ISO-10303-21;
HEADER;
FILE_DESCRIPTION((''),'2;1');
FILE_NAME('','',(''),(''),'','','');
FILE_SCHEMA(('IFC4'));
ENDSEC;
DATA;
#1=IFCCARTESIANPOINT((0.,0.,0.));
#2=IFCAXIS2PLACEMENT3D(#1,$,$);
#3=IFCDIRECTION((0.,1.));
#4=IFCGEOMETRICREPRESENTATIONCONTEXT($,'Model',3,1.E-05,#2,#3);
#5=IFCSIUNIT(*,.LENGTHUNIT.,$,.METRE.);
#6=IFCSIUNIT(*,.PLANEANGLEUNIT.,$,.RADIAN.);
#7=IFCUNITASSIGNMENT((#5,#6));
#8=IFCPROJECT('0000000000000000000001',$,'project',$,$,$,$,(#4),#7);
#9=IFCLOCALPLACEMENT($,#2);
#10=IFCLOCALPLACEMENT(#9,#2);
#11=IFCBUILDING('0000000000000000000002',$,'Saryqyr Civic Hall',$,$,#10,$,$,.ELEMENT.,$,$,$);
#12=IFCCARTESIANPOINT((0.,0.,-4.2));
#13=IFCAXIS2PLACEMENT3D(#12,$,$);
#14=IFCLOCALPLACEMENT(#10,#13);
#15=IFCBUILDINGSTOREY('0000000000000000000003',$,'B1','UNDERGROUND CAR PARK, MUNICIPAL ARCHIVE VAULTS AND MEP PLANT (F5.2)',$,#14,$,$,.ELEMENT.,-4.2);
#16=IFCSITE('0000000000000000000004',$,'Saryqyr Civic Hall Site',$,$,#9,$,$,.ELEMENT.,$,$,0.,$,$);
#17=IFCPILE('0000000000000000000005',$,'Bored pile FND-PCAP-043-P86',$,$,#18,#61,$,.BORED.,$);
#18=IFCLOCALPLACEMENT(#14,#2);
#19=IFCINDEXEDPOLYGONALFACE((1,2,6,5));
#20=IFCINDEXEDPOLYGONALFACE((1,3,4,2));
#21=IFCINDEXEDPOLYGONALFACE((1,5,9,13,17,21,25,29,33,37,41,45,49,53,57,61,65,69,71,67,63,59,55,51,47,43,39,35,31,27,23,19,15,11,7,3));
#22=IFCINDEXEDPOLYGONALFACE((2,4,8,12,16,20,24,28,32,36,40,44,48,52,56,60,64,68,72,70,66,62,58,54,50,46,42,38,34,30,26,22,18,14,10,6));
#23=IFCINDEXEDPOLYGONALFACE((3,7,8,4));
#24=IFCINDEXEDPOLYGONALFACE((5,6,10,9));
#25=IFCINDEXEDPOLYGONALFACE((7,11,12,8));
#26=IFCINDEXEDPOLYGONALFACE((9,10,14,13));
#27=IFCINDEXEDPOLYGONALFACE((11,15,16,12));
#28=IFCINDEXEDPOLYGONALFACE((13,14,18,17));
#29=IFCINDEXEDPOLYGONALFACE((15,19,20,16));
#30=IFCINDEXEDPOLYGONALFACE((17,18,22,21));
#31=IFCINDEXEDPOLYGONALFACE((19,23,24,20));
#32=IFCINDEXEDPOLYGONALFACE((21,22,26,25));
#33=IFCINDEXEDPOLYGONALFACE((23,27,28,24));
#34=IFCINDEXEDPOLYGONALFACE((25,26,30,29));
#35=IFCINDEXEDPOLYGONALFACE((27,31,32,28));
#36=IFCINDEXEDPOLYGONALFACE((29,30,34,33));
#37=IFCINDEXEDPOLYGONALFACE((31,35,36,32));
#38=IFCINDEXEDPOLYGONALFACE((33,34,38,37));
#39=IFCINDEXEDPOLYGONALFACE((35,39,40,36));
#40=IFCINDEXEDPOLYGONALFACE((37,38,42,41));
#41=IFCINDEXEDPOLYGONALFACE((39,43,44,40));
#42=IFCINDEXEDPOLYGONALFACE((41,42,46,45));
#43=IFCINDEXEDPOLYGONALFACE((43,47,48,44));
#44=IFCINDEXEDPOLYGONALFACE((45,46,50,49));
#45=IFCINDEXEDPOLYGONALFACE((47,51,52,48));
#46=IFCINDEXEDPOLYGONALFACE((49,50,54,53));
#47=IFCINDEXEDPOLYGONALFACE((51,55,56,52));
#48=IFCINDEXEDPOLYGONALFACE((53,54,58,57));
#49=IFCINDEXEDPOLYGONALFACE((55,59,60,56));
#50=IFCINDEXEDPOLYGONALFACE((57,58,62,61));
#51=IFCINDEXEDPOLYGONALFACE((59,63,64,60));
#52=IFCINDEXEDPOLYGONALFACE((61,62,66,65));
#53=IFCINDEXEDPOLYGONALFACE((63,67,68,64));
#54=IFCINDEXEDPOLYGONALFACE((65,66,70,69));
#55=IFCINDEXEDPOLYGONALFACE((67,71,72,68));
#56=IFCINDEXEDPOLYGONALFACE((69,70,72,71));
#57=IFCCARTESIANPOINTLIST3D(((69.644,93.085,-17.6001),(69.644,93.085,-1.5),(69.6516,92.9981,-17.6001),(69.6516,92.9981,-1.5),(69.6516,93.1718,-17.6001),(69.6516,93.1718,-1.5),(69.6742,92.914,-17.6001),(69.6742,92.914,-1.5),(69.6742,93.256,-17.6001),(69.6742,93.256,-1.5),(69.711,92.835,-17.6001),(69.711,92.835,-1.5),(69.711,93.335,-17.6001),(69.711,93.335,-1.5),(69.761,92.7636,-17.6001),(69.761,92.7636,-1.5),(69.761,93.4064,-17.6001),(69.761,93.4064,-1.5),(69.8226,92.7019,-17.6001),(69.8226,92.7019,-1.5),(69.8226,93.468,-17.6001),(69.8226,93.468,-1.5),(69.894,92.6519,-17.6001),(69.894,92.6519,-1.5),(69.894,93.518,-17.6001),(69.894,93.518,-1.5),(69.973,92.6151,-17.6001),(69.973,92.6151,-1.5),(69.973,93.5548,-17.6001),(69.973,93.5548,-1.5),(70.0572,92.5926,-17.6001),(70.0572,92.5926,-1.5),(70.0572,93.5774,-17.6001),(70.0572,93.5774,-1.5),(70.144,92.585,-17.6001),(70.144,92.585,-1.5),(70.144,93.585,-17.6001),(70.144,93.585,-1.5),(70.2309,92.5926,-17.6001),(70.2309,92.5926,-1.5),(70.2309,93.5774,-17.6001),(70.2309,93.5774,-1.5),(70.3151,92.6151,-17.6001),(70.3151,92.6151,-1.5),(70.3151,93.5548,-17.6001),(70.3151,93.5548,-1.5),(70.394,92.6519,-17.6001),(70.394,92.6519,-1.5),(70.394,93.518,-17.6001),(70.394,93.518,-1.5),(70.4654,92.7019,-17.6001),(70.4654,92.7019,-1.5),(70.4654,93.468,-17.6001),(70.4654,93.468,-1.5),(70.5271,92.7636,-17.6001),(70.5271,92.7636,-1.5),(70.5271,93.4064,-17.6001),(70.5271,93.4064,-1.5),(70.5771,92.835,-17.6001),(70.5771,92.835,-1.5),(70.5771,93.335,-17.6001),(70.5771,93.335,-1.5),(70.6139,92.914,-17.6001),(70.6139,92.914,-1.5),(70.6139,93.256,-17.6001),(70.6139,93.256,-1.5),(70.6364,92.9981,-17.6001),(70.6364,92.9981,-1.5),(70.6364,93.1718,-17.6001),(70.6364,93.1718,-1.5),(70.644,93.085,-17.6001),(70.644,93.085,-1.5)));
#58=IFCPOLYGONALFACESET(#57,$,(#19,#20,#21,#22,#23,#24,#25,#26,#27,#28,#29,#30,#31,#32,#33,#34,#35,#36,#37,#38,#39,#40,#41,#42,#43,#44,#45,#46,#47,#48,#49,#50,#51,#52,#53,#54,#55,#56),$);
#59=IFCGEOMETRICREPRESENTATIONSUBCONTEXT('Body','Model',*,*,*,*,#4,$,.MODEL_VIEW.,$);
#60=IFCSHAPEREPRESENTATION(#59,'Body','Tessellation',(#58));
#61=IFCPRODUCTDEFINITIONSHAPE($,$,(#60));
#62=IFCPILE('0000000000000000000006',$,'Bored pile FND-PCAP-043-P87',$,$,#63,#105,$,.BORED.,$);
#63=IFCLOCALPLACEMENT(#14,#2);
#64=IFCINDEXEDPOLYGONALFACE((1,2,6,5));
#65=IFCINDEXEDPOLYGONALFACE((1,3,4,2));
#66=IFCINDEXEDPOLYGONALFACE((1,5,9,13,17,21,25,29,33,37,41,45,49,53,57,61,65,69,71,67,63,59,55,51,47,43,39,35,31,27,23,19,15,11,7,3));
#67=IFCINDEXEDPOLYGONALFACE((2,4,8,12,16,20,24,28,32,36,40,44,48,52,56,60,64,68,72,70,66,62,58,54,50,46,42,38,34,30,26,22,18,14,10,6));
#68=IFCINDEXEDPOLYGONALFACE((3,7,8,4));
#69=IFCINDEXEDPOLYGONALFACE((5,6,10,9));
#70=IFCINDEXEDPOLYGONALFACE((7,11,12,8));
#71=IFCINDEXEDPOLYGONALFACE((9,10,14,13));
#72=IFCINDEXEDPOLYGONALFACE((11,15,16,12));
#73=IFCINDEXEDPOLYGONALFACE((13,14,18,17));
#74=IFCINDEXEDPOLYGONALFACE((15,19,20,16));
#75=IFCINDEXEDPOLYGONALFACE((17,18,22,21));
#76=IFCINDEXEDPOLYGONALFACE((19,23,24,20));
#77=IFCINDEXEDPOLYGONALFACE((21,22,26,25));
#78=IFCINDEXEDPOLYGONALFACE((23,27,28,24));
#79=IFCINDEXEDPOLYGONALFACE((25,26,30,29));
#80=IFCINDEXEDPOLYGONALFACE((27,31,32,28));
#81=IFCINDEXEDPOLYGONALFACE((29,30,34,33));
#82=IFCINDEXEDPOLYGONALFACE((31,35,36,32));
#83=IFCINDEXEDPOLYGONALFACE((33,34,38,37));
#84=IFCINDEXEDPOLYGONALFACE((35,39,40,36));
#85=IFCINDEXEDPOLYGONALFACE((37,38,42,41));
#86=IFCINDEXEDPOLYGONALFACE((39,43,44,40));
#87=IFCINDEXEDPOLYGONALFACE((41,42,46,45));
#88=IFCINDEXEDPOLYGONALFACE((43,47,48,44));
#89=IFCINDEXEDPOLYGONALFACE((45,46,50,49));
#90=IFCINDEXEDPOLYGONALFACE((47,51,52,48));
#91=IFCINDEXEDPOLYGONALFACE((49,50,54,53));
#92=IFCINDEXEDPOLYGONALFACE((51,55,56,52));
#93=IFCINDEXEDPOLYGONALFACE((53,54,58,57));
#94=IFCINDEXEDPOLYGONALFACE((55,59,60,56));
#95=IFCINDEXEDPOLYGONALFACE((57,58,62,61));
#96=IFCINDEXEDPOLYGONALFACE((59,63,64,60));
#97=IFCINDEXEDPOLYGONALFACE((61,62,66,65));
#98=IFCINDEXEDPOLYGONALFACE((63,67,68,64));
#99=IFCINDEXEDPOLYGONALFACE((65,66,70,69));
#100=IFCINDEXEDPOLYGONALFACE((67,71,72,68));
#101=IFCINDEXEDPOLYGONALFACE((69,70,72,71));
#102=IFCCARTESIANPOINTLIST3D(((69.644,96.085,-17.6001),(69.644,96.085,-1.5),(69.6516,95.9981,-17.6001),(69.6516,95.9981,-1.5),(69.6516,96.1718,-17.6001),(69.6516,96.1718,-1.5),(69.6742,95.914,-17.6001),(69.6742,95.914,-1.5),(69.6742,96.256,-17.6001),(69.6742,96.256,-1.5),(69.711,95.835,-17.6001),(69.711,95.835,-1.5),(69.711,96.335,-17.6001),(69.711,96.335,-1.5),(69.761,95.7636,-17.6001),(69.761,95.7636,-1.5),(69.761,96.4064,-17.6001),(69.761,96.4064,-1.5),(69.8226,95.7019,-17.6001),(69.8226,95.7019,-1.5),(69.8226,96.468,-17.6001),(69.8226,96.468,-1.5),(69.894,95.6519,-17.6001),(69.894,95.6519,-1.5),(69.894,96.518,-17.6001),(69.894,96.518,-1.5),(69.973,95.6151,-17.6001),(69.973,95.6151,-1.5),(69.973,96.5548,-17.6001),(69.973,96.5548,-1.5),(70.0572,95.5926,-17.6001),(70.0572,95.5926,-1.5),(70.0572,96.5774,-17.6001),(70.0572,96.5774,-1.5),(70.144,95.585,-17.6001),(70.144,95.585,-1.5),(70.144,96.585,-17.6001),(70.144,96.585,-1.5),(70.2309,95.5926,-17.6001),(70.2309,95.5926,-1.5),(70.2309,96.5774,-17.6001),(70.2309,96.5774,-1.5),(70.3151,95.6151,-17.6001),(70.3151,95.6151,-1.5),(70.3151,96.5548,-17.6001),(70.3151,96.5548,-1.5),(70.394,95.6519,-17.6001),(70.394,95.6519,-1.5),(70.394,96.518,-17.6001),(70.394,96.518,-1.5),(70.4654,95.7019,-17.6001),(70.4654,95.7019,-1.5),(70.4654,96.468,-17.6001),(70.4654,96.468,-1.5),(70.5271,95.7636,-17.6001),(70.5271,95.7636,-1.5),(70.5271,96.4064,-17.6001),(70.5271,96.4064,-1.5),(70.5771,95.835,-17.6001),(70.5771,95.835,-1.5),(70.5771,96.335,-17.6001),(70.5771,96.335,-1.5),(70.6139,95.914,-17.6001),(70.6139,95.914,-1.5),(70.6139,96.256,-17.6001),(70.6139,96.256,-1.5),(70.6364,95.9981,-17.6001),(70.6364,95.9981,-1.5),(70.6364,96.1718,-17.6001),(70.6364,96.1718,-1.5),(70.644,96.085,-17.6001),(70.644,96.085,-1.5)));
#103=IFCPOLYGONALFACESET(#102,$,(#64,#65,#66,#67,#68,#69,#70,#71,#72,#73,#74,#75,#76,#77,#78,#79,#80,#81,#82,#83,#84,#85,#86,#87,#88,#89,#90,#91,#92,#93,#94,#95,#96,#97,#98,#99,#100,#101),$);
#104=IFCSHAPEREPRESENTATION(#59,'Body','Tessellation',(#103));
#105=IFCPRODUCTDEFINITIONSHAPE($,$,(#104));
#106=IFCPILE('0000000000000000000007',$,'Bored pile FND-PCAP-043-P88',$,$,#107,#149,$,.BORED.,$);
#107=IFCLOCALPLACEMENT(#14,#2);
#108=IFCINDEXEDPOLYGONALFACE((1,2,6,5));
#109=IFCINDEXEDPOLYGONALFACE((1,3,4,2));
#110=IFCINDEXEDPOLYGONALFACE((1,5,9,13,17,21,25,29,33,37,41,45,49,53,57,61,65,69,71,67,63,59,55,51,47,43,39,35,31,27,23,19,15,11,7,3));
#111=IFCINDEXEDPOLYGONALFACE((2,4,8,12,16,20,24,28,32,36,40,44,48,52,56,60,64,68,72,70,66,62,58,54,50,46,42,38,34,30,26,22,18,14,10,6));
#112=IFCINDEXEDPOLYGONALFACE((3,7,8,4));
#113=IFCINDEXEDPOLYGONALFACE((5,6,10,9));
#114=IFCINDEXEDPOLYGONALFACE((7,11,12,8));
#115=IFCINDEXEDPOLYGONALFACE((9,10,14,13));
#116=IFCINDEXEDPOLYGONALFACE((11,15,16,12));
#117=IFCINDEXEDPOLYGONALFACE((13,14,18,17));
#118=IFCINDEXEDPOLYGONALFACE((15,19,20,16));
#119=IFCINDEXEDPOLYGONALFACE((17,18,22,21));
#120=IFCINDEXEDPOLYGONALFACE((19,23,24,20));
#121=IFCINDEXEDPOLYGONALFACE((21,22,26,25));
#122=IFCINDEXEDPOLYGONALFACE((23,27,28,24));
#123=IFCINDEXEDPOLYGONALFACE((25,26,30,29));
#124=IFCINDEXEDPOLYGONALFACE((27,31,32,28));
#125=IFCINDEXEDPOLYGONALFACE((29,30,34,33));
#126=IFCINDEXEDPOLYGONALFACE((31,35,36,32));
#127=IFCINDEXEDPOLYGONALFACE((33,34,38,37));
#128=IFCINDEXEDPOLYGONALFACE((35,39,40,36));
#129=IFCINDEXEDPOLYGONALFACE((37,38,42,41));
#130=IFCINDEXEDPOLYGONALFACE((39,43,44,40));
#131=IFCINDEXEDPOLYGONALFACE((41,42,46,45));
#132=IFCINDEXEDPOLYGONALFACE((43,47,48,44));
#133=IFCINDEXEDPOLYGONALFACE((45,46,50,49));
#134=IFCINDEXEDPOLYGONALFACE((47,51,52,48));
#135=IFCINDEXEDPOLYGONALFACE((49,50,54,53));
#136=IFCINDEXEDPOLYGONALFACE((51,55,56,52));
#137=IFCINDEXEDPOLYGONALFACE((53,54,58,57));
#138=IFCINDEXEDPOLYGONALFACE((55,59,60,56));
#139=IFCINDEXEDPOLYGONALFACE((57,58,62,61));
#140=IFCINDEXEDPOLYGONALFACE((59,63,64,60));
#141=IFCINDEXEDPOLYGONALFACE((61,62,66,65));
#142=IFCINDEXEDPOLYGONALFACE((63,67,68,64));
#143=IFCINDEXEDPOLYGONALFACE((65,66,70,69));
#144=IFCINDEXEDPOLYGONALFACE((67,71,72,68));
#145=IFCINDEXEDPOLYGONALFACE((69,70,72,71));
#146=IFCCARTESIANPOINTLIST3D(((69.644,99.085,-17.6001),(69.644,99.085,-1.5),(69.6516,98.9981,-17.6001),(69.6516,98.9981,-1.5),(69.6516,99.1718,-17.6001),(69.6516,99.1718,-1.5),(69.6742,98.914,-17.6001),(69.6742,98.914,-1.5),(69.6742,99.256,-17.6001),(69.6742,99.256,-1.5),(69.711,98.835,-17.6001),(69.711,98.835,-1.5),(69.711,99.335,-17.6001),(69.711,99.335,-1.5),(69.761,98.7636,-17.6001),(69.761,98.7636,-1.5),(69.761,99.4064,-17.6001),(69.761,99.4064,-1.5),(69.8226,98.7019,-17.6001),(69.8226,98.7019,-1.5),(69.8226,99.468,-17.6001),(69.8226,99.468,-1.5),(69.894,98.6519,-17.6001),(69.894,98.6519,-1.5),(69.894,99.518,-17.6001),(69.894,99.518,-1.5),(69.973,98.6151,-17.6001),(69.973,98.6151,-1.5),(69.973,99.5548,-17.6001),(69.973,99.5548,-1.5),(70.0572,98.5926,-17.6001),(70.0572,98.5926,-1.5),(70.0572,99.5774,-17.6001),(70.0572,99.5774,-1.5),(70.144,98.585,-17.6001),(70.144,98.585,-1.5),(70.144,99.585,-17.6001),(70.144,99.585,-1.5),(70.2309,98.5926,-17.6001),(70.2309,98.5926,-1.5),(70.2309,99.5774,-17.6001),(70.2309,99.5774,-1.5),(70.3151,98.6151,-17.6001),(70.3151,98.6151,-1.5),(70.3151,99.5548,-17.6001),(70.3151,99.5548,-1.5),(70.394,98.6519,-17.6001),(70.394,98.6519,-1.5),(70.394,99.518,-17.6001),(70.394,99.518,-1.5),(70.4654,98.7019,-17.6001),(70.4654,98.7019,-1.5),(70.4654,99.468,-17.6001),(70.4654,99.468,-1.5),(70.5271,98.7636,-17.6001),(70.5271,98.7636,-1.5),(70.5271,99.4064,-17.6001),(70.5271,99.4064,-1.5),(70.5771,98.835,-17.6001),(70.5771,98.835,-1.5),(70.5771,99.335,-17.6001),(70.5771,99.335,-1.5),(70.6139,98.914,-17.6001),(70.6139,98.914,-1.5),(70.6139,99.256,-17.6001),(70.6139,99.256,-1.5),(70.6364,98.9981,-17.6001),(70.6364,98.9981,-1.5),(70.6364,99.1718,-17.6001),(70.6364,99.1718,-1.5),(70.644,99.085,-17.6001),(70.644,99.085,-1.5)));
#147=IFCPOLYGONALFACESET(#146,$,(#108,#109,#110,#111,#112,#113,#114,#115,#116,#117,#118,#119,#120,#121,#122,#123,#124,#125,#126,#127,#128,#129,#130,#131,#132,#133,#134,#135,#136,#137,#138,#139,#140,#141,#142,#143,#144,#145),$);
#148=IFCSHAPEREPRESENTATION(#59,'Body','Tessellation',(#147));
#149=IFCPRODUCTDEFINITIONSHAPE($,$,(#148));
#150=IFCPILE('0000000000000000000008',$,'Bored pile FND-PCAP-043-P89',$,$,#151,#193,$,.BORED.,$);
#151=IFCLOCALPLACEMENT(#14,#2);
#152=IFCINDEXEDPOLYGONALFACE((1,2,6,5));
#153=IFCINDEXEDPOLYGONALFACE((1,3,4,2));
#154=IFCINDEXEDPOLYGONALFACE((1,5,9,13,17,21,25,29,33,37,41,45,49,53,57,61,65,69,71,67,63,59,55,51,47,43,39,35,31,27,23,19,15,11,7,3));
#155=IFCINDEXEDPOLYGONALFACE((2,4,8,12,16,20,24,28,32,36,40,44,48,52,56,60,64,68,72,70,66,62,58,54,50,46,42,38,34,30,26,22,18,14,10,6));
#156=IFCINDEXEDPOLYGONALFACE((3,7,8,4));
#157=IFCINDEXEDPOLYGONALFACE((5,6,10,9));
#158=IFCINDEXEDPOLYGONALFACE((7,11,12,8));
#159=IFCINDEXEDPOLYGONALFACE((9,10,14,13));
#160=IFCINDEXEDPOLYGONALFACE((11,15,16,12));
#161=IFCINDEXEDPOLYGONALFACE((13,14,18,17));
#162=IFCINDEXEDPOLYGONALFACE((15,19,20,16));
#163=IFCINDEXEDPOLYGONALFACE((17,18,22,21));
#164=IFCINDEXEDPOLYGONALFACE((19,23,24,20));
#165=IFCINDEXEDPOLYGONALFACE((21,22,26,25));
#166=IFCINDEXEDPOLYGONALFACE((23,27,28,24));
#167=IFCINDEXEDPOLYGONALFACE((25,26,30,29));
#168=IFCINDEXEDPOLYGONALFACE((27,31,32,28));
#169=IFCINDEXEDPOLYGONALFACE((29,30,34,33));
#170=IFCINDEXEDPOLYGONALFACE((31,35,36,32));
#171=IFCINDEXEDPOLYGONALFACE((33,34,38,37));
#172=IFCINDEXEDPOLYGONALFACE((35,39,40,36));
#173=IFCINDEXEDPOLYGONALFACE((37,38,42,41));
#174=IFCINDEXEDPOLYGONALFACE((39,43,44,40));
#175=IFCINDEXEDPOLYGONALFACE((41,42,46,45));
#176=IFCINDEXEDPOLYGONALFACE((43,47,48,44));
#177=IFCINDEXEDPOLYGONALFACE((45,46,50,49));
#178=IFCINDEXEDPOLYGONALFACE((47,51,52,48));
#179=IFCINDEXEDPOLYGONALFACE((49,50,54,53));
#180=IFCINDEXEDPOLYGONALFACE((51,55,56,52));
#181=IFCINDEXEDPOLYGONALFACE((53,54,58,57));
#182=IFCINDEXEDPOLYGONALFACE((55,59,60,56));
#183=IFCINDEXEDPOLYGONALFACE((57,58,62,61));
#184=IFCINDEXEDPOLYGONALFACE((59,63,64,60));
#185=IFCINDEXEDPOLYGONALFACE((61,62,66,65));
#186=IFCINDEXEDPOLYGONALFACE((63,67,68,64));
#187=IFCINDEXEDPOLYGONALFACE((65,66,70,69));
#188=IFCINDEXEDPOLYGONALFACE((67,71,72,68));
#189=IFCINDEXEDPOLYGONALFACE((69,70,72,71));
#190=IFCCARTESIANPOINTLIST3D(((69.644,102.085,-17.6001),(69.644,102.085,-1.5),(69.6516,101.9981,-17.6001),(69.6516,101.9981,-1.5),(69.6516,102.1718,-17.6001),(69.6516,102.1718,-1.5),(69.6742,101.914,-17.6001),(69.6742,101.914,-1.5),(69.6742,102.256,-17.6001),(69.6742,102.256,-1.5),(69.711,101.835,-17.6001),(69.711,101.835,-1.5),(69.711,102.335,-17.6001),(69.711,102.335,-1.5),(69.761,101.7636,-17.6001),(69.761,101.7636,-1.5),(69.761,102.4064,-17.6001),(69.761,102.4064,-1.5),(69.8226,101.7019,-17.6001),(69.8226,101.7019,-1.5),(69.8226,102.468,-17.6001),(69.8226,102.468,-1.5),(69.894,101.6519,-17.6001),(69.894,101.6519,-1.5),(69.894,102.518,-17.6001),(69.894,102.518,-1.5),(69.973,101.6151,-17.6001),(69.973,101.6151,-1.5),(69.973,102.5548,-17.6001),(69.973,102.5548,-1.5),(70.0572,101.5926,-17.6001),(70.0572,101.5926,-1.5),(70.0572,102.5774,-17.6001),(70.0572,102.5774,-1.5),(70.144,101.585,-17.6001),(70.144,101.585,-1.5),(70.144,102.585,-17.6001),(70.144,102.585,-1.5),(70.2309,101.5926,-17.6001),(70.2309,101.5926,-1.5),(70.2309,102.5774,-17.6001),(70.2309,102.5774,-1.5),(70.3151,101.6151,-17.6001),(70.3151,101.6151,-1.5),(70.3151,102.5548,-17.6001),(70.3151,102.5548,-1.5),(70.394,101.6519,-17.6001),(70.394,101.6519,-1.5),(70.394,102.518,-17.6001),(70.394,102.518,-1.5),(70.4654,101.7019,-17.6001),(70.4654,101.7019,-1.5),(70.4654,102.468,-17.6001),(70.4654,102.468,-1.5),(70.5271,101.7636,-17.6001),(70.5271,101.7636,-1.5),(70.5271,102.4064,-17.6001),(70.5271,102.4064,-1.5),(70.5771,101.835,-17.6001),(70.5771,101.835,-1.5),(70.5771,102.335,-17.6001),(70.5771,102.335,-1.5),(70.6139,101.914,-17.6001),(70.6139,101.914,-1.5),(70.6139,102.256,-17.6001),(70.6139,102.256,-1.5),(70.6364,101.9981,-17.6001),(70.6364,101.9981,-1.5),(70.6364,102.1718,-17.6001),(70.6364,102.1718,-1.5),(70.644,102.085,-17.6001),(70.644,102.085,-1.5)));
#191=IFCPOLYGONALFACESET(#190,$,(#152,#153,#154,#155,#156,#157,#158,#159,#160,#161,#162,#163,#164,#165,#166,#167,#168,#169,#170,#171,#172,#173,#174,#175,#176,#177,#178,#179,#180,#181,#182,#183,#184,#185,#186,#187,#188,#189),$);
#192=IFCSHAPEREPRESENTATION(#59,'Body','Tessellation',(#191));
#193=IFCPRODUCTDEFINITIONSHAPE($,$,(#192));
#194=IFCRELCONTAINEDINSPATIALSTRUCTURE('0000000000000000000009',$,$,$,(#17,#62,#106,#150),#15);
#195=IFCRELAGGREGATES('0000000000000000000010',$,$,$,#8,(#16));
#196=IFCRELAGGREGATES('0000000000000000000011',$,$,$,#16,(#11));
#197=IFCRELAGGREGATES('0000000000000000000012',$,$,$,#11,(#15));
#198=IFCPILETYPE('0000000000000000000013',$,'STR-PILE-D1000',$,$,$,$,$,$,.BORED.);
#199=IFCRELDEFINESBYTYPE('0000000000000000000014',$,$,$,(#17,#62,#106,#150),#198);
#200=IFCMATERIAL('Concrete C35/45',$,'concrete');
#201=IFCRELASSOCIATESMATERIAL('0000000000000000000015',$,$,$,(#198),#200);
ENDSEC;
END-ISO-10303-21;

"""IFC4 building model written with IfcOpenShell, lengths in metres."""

from ifc_helpers import new_model, si_unit, direction, frame, origin, origin_2d, place, context, subcontext, project, spatial, circle, extrude, material, material_profile, profile_set, type_object, element, save


model = new_model("IFC4")

# Units and contexts
model_context = context("Model", 3, precision=1e-05, world=origin(), true_north=direction((0.0, 1.0)))
body_context = subcontext(model_context, "Body", "Model", "MODEL_VIEW")
ifc_project = project(units=[si_unit("LENGTHUNIT", "METRE"), si_unit("PLANEANGLEUNIT", "RADIAN")], contexts=[model_context])

# Site, building, storey
site_placement = place(None, origin())
site = spatial("IfcSite", under=ifc_project, at=site_placement, Name="Saryqyr Civic Hall Site", CompositionType="ELEMENT", RefElevation=0.0)
building_placement = place(site_placement, origin())
building = spatial("IfcBuilding", under=site, at=building_placement, Name="Saryqyr Civic Hall", CompositionType="ELEMENT")
storey_placement = place(building_placement, frame((0.0, 0.0, -4.2)))
storey = spatial("IfcBuildingStorey", under=building, at=storey_placement, Name="B1", Description="UNDERGROUND CAR PARK, MUNICIPAL ARCHIVE VAULTS AND MEP PLANT (F5.2)", CompositionType="ELEMENT", Elevation=-4.2)

# Piles
ifc_material_1 = material(Name="Concrete C35/45", Category="concrete")
ifc_material_profile_1 = material_profile(ifc_material_1, circle(Radius=0.5, at=origin_2d()), Name="BORED PILE D1000")
ifc_profile_set_1 = profile_set([ifc_material_profile_1], Name="Concrete C35/45")
pile_type = type_object("IfcPileType", Name="STR-PILE-D1000", PredefinedType="BORED", material=ifc_profile_set_1)
for number, where, z_axis, x_axis, name in (
    (1, (70.144, 93.085, -1.5), (0.0, 0.0, -1.0), (1.0, 0.0, 0.0), "Bored pile FND-PCAP-043-P86"),
    (2, (70.144, 96.085, -1.5), (0.0, 0.0, -1.0), (1.0, 0.0, 0.0), "Bored pile FND-PCAP-043-P87"),
    (3, (70.144, 99.085, -1.5), (0.0, 0.0, -1.0), (1.0, 0.0, 0.0), "Bored pile FND-PCAP-043-P88"),
    (4, (70.144, 102.085, -1.5), (0.0, 0.0, -1.0), (1.0, 0.0, 0.0), "Bored pile FND-PCAP-043-P89"),
):
    element("IfcPile", number, at=place(storey_placement, frame(where, z_axis=z_axis, x_axis=x_axis)), inside=storey, type_object=pile_type, Name=name, PredefinedType="BORED", context=body_context, shape_type="SweptSolid", body=[
        extrude(circle(Radius=0.5, at=origin_2d()), origin(), (0.0, 0.0, 1.0), 16.1001),
    ])

save(model, "model.ifc")
